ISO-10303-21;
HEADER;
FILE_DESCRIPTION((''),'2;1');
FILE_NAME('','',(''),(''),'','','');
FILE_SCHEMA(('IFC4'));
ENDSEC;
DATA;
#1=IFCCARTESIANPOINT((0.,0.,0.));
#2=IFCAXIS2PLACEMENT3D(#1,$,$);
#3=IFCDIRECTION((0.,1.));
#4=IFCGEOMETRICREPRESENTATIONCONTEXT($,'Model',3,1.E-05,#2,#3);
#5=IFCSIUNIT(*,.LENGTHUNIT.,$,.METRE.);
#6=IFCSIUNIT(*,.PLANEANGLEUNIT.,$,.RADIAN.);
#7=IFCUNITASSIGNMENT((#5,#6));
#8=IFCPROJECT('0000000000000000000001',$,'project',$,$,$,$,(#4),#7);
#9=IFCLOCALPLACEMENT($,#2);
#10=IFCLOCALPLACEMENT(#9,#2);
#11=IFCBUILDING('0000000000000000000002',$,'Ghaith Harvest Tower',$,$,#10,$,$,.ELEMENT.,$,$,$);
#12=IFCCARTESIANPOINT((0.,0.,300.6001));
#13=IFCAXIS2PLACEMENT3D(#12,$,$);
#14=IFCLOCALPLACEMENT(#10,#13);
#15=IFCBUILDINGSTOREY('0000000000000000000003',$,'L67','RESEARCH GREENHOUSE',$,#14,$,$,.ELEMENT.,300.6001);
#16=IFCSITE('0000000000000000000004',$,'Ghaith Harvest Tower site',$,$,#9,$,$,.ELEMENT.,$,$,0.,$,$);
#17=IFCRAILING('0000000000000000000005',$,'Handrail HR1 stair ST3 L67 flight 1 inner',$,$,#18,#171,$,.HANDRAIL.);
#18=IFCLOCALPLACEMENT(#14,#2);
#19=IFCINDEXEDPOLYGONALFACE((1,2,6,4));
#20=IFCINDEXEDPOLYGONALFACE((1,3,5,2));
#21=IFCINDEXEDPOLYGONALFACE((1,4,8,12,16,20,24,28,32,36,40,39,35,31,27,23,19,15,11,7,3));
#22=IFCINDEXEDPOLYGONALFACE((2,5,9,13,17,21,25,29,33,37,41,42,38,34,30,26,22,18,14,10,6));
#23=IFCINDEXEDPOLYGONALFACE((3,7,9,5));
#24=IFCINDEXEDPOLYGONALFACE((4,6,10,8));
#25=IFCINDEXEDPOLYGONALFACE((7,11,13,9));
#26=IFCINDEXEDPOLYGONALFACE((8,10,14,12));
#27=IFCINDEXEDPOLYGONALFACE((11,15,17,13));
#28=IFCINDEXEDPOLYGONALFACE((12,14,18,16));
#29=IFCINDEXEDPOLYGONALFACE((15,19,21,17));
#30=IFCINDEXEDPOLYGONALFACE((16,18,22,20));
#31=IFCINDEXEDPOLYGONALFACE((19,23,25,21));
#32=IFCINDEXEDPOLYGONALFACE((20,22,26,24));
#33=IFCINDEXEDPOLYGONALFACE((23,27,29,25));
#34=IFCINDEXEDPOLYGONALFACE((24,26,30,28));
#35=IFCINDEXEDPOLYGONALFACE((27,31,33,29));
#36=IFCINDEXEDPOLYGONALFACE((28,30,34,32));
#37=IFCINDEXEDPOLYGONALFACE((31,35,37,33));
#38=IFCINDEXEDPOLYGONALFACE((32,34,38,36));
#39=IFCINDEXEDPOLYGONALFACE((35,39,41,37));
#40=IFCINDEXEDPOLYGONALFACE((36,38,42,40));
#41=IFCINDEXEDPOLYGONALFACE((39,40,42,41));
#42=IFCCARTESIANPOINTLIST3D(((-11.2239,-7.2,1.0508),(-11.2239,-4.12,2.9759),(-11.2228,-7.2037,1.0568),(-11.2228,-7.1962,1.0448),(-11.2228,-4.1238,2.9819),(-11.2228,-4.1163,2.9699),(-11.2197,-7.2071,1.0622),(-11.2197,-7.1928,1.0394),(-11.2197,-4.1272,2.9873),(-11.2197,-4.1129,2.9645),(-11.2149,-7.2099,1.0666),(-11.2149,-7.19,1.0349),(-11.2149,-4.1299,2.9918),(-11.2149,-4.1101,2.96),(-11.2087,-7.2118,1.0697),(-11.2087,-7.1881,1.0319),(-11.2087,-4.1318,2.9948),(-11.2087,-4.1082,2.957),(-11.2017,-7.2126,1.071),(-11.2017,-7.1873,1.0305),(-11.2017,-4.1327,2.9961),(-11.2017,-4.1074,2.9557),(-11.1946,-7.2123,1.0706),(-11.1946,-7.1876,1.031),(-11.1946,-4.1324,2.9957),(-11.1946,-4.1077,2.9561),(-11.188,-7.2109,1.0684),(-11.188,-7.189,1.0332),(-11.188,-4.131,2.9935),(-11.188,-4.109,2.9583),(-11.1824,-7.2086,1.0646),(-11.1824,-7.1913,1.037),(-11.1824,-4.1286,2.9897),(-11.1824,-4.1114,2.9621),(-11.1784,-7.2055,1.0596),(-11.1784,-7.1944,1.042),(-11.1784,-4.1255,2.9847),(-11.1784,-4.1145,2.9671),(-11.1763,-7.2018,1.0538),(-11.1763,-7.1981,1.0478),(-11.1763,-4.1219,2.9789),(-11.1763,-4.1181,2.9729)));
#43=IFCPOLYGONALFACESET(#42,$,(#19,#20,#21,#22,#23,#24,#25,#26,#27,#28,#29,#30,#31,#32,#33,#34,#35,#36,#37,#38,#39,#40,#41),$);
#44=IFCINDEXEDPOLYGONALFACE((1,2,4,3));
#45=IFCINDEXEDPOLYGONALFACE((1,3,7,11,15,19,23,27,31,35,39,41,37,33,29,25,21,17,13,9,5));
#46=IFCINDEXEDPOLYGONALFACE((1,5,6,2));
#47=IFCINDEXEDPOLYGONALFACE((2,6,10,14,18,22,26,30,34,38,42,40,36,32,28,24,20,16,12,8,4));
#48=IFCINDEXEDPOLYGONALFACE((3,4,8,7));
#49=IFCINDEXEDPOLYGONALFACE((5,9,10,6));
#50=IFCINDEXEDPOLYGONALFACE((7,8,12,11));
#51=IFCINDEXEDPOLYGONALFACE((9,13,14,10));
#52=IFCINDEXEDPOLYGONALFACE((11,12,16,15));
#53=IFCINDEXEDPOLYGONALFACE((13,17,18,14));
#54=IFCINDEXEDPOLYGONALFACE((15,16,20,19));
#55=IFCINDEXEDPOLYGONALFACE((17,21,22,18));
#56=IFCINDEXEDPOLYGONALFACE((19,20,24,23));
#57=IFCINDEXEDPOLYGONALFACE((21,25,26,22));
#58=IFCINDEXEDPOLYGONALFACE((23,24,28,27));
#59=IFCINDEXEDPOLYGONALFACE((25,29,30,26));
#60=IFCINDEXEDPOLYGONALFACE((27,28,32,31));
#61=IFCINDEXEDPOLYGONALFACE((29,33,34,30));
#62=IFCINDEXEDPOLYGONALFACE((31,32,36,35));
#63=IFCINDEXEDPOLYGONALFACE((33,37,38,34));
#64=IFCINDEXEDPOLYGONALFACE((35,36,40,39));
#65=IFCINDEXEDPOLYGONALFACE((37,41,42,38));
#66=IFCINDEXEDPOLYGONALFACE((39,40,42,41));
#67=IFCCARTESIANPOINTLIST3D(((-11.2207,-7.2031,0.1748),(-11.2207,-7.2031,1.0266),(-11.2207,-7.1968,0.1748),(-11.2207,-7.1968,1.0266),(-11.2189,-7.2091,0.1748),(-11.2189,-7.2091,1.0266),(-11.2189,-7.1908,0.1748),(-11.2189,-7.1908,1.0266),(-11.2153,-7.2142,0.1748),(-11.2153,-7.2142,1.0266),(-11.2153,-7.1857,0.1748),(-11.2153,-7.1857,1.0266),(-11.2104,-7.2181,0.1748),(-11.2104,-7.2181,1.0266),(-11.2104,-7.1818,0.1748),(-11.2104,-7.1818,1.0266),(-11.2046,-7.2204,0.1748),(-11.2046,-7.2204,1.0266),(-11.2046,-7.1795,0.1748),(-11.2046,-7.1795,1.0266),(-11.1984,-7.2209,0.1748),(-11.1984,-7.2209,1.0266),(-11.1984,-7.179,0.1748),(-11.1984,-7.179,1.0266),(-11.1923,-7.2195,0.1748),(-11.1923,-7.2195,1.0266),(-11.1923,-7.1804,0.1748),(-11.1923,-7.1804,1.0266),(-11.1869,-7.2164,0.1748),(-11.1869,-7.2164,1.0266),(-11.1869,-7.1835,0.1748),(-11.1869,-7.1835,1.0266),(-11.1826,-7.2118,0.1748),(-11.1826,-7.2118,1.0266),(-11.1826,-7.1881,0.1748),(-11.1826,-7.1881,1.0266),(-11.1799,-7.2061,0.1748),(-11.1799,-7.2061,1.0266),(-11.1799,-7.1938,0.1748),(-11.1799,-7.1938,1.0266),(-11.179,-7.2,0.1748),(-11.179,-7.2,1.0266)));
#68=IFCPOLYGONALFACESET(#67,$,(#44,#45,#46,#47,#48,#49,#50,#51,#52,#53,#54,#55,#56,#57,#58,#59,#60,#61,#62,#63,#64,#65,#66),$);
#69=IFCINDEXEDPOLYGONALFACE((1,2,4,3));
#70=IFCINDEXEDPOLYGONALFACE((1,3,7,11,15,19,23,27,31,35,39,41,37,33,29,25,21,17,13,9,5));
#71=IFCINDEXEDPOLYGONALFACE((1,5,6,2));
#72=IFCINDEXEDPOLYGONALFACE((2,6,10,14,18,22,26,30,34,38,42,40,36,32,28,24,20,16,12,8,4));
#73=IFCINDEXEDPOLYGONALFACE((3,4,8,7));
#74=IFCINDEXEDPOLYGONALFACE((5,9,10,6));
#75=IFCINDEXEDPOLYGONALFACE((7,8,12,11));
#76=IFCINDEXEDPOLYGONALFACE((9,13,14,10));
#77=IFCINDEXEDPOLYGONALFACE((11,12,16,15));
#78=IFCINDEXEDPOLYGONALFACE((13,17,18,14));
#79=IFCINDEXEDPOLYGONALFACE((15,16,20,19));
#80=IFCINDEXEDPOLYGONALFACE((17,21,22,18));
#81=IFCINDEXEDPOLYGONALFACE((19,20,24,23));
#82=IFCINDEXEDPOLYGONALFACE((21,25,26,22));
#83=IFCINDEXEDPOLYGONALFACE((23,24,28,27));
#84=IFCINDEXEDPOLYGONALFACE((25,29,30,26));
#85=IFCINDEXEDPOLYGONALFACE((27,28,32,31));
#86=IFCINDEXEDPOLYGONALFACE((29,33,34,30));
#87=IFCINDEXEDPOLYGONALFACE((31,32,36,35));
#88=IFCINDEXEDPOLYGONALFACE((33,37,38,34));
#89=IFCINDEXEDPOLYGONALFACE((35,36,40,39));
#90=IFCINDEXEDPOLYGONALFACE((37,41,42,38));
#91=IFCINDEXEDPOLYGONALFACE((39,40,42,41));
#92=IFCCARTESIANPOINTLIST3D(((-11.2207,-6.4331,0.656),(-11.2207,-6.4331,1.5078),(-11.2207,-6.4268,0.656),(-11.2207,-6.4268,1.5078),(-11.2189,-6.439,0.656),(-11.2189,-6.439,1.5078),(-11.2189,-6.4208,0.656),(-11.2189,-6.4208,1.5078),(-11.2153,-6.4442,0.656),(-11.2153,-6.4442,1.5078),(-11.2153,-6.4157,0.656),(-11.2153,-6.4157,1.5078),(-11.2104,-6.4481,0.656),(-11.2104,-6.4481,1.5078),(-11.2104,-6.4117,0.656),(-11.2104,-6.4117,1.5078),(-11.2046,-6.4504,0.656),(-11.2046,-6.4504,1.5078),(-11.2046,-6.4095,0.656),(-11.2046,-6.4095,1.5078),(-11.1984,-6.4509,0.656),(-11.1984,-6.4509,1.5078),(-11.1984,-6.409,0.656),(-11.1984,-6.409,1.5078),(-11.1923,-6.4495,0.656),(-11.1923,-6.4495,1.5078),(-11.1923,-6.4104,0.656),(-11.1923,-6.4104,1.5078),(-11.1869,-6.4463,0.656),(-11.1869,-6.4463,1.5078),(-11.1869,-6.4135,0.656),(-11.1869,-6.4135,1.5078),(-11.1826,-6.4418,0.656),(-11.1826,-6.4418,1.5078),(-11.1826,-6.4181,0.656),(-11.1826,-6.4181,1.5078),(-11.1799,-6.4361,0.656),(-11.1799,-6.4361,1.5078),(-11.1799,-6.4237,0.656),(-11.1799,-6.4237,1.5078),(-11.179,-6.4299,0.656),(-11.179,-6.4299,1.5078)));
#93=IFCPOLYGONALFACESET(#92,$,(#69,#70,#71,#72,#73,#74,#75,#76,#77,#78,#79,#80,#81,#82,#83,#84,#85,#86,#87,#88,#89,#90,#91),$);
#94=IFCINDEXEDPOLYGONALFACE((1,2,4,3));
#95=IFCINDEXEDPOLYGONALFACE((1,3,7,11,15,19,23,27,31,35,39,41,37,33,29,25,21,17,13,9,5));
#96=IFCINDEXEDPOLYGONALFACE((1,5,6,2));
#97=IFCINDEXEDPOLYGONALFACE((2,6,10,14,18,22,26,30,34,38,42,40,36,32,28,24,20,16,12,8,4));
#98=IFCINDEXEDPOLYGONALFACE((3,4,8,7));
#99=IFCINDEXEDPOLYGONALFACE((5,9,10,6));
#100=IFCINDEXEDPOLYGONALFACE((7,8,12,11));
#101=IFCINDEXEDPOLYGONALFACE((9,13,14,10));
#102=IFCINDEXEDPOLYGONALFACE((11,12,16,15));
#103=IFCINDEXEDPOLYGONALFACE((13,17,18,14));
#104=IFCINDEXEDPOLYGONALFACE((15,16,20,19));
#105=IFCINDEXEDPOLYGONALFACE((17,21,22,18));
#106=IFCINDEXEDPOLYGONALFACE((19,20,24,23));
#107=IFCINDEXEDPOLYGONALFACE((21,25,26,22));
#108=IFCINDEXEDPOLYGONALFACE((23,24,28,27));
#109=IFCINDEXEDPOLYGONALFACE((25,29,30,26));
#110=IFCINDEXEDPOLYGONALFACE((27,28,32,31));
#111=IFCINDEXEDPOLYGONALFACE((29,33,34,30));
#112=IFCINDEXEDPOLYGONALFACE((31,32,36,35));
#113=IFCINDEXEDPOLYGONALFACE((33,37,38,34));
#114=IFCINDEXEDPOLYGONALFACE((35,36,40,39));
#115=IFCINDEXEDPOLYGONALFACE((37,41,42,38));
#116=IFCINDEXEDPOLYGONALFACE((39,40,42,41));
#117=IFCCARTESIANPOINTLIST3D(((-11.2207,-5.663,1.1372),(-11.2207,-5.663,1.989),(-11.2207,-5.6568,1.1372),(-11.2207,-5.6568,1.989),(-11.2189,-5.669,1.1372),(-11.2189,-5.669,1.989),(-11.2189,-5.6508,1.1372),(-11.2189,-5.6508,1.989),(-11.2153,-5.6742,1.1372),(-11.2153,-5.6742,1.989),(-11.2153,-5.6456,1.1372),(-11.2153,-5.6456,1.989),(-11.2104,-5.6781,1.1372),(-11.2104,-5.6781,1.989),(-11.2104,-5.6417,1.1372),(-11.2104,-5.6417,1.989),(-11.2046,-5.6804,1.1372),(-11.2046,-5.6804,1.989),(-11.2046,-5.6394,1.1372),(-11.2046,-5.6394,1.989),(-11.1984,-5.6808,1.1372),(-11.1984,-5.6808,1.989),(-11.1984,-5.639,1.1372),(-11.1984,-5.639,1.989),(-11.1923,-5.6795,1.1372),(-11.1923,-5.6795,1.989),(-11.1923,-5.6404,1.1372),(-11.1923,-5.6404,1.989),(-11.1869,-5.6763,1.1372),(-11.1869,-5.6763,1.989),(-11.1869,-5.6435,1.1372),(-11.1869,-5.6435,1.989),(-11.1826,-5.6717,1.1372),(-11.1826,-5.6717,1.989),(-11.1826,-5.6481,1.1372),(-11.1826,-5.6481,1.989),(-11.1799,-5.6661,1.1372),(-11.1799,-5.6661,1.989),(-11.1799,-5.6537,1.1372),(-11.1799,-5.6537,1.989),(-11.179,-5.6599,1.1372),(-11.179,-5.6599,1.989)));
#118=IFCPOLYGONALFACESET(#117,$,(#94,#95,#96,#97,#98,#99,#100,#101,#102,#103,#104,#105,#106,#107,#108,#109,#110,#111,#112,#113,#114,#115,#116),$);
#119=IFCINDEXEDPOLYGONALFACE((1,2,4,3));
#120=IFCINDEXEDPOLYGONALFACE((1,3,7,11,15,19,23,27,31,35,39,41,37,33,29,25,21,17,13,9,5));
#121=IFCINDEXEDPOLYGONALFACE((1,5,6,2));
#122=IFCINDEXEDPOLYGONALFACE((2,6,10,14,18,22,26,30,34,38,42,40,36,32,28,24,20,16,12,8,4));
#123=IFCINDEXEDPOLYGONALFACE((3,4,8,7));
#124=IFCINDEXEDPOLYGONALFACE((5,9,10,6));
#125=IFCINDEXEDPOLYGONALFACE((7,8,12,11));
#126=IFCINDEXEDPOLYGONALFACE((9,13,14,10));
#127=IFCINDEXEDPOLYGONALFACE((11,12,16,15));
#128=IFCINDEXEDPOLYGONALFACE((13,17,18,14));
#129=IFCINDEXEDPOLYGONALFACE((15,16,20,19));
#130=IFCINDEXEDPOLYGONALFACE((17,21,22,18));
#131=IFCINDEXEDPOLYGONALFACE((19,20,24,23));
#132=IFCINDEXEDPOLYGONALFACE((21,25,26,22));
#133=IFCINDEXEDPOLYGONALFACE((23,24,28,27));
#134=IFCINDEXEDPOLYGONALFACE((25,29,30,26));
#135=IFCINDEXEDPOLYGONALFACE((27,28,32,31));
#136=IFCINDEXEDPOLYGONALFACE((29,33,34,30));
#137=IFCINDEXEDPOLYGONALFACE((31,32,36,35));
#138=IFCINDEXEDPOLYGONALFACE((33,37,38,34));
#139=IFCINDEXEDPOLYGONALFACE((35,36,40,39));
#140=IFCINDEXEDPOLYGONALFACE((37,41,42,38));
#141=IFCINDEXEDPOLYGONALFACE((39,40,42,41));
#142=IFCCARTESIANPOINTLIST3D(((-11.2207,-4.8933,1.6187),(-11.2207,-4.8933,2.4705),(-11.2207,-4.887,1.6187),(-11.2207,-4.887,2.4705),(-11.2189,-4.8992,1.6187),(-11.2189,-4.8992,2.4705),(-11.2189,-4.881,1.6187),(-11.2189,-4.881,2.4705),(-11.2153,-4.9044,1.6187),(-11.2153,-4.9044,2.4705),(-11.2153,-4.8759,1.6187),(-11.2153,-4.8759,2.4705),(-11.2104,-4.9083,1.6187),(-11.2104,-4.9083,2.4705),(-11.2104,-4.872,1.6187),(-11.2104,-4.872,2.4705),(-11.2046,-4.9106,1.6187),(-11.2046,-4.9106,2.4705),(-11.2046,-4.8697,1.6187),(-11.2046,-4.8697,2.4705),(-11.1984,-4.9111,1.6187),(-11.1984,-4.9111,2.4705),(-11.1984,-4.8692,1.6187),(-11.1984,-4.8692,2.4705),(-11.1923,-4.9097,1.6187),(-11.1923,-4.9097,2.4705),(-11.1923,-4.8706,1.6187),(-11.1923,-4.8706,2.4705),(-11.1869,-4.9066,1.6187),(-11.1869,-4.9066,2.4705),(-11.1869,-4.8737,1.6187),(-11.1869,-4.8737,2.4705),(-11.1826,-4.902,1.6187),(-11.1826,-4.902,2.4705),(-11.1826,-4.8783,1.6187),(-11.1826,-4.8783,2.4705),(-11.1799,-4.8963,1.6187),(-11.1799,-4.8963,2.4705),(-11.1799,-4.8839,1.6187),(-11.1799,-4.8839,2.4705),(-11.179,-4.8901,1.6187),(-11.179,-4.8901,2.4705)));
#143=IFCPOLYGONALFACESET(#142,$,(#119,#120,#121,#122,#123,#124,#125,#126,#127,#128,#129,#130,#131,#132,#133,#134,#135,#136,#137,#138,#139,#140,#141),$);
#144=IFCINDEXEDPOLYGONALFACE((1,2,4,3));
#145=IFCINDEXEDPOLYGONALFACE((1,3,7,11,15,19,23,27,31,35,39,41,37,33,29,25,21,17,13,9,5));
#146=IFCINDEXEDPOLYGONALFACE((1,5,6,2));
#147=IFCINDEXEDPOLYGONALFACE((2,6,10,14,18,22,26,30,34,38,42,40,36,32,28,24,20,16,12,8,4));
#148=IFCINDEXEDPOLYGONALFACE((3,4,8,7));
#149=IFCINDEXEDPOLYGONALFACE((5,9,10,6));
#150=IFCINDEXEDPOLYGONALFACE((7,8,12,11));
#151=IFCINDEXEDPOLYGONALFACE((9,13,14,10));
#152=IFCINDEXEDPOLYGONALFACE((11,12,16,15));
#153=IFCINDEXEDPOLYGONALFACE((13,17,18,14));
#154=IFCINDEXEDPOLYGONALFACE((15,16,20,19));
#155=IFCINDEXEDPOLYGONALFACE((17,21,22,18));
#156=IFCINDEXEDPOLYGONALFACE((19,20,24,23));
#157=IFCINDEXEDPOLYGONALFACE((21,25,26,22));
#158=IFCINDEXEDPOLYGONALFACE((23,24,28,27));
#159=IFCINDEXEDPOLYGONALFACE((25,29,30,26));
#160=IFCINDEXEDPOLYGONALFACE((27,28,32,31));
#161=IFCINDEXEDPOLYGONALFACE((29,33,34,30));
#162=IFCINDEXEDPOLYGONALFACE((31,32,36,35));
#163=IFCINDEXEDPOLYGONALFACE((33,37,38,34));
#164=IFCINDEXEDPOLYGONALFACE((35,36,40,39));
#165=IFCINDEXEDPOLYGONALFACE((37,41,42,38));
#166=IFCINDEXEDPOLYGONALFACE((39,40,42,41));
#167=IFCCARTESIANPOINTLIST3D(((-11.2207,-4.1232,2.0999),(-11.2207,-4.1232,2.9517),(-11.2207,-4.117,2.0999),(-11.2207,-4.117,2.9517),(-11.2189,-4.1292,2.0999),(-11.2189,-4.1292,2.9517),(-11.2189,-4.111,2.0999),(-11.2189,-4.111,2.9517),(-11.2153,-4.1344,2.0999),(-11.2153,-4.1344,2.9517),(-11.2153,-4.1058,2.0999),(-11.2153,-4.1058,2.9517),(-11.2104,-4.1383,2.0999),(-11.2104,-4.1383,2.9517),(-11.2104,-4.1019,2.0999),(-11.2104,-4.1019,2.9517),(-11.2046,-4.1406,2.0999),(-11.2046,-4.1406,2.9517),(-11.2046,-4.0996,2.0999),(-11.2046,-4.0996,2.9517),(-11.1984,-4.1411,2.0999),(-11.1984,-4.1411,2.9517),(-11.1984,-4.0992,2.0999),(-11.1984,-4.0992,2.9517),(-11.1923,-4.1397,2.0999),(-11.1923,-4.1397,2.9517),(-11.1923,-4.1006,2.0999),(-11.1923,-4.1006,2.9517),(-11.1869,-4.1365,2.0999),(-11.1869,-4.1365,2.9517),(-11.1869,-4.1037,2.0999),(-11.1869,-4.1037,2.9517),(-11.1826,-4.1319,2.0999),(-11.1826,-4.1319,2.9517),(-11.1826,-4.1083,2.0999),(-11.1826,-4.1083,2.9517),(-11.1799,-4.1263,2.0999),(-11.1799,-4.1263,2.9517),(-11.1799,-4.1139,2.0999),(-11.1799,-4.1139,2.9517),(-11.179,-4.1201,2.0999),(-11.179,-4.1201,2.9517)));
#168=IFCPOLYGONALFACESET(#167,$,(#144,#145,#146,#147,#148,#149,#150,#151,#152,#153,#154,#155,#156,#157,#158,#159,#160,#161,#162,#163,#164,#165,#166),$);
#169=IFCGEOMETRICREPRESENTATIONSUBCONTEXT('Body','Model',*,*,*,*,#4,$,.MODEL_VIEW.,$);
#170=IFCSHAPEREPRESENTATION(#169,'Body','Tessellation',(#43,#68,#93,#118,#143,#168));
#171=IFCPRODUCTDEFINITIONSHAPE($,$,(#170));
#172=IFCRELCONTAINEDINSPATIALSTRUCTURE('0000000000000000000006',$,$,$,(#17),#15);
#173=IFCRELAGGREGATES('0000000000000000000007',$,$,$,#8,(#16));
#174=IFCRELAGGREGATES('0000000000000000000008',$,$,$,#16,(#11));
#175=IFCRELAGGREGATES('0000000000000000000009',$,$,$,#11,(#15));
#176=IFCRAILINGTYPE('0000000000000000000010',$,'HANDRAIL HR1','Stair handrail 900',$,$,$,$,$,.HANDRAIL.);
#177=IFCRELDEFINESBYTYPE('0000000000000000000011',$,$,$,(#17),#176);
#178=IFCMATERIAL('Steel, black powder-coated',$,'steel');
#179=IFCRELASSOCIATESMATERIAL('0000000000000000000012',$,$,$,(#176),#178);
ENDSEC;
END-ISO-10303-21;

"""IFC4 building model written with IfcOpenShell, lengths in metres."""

from ifc_helpers import new_model, si_unit, direction, frame, origin, origin_2d, place, context, subcontext, project, spatial, circle, extrude, material, type_object, element, save


model = new_model("IFC4")

# Units and contexts
model_context = context("Model", 3, precision=1e-05, world=origin(), true_north=direction((0.0, 1.0)))
body_context = subcontext(model_context, "Body", "Model", "MODEL_VIEW")
ifc_project = project(units=[si_unit("LENGTHUNIT", "METRE"), si_unit("PLANEANGLEUNIT", "RADIAN")], contexts=[model_context])

# Site, building, storey
site_placement = place(None, origin())
site = spatial("IfcSite", under=ifc_project, at=site_placement, Name="Ghaith Harvest Tower site", CompositionType="ELEMENT", RefElevation=0.0)
building_placement = place(site_placement, origin())
building = spatial("IfcBuilding", under=site, at=building_placement, Name="Ghaith Harvest Tower", CompositionType="ELEMENT")
storey_placement = place(building_placement, frame((0.0, 0.0, 300.6001)))
storey = spatial("IfcBuildingStorey", under=building, at=storey_placement, Name="L67", Description="RESEARCH GREENHOUSE", CompositionType="ELEMENT", Elevation=300.6001)

# Railing
ifc_material_1 = material(Name="Steel, black powder-coated", Category="steel")
railing_type = type_object("IfcRailingType", Name="HANDRAIL HR1", Description="Stair handrail 900", PredefinedType="HANDRAIL", material=ifc_material_1)
railing_1_placement = place(storey_placement, frame((-11.2, -7.2, 0.1748)))
element("IfcRailing", 1, at=railing_1_placement, inside=storey, type_object=railing_type, Name="Handrail HR1 stair ST3 L67 flight 1 inner", PredefinedType="HANDRAIL", context=body_context, shape_type="SweptSolid", body=[
    extrude(circle(Radius=0.0239, at=origin_2d()), frame((0.0, 0.0, 0.876), z_axis=(0.0, 0.847979, 0.530029), x_axis=(-1.0, 0.0, 0.0)), (0.0, 0.0, 1.0), 3.6321),
    extrude(circle(Radius=0.021, at=origin_2d()), origin(), (0.0, 0.0, 1.0), 0.8518),
    extrude(circle(Radius=0.021, at=origin_2d()), frame((0.0, 0.77, 0.4812)), (0.0, 0.0, 1.0), 0.8518),
    extrude(circle(Radius=0.021, at=origin_2d()), frame((0.0, 1.54, 0.9624)), (0.0, 0.0, 1.0), 0.8518),
    extrude(circle(Radius=0.021, at=origin_2d()), frame((0.0, 2.3098, 1.4438)), (0.0, 0.0, 1.0), 0.8518),
    extrude(circle(Radius=0.021, at=origin_2d()), frame((0.0, 3.0798, 1.925)), (0.0, 0.0, 1.0), 0.8518),
])

save(model, "model.ifc")
